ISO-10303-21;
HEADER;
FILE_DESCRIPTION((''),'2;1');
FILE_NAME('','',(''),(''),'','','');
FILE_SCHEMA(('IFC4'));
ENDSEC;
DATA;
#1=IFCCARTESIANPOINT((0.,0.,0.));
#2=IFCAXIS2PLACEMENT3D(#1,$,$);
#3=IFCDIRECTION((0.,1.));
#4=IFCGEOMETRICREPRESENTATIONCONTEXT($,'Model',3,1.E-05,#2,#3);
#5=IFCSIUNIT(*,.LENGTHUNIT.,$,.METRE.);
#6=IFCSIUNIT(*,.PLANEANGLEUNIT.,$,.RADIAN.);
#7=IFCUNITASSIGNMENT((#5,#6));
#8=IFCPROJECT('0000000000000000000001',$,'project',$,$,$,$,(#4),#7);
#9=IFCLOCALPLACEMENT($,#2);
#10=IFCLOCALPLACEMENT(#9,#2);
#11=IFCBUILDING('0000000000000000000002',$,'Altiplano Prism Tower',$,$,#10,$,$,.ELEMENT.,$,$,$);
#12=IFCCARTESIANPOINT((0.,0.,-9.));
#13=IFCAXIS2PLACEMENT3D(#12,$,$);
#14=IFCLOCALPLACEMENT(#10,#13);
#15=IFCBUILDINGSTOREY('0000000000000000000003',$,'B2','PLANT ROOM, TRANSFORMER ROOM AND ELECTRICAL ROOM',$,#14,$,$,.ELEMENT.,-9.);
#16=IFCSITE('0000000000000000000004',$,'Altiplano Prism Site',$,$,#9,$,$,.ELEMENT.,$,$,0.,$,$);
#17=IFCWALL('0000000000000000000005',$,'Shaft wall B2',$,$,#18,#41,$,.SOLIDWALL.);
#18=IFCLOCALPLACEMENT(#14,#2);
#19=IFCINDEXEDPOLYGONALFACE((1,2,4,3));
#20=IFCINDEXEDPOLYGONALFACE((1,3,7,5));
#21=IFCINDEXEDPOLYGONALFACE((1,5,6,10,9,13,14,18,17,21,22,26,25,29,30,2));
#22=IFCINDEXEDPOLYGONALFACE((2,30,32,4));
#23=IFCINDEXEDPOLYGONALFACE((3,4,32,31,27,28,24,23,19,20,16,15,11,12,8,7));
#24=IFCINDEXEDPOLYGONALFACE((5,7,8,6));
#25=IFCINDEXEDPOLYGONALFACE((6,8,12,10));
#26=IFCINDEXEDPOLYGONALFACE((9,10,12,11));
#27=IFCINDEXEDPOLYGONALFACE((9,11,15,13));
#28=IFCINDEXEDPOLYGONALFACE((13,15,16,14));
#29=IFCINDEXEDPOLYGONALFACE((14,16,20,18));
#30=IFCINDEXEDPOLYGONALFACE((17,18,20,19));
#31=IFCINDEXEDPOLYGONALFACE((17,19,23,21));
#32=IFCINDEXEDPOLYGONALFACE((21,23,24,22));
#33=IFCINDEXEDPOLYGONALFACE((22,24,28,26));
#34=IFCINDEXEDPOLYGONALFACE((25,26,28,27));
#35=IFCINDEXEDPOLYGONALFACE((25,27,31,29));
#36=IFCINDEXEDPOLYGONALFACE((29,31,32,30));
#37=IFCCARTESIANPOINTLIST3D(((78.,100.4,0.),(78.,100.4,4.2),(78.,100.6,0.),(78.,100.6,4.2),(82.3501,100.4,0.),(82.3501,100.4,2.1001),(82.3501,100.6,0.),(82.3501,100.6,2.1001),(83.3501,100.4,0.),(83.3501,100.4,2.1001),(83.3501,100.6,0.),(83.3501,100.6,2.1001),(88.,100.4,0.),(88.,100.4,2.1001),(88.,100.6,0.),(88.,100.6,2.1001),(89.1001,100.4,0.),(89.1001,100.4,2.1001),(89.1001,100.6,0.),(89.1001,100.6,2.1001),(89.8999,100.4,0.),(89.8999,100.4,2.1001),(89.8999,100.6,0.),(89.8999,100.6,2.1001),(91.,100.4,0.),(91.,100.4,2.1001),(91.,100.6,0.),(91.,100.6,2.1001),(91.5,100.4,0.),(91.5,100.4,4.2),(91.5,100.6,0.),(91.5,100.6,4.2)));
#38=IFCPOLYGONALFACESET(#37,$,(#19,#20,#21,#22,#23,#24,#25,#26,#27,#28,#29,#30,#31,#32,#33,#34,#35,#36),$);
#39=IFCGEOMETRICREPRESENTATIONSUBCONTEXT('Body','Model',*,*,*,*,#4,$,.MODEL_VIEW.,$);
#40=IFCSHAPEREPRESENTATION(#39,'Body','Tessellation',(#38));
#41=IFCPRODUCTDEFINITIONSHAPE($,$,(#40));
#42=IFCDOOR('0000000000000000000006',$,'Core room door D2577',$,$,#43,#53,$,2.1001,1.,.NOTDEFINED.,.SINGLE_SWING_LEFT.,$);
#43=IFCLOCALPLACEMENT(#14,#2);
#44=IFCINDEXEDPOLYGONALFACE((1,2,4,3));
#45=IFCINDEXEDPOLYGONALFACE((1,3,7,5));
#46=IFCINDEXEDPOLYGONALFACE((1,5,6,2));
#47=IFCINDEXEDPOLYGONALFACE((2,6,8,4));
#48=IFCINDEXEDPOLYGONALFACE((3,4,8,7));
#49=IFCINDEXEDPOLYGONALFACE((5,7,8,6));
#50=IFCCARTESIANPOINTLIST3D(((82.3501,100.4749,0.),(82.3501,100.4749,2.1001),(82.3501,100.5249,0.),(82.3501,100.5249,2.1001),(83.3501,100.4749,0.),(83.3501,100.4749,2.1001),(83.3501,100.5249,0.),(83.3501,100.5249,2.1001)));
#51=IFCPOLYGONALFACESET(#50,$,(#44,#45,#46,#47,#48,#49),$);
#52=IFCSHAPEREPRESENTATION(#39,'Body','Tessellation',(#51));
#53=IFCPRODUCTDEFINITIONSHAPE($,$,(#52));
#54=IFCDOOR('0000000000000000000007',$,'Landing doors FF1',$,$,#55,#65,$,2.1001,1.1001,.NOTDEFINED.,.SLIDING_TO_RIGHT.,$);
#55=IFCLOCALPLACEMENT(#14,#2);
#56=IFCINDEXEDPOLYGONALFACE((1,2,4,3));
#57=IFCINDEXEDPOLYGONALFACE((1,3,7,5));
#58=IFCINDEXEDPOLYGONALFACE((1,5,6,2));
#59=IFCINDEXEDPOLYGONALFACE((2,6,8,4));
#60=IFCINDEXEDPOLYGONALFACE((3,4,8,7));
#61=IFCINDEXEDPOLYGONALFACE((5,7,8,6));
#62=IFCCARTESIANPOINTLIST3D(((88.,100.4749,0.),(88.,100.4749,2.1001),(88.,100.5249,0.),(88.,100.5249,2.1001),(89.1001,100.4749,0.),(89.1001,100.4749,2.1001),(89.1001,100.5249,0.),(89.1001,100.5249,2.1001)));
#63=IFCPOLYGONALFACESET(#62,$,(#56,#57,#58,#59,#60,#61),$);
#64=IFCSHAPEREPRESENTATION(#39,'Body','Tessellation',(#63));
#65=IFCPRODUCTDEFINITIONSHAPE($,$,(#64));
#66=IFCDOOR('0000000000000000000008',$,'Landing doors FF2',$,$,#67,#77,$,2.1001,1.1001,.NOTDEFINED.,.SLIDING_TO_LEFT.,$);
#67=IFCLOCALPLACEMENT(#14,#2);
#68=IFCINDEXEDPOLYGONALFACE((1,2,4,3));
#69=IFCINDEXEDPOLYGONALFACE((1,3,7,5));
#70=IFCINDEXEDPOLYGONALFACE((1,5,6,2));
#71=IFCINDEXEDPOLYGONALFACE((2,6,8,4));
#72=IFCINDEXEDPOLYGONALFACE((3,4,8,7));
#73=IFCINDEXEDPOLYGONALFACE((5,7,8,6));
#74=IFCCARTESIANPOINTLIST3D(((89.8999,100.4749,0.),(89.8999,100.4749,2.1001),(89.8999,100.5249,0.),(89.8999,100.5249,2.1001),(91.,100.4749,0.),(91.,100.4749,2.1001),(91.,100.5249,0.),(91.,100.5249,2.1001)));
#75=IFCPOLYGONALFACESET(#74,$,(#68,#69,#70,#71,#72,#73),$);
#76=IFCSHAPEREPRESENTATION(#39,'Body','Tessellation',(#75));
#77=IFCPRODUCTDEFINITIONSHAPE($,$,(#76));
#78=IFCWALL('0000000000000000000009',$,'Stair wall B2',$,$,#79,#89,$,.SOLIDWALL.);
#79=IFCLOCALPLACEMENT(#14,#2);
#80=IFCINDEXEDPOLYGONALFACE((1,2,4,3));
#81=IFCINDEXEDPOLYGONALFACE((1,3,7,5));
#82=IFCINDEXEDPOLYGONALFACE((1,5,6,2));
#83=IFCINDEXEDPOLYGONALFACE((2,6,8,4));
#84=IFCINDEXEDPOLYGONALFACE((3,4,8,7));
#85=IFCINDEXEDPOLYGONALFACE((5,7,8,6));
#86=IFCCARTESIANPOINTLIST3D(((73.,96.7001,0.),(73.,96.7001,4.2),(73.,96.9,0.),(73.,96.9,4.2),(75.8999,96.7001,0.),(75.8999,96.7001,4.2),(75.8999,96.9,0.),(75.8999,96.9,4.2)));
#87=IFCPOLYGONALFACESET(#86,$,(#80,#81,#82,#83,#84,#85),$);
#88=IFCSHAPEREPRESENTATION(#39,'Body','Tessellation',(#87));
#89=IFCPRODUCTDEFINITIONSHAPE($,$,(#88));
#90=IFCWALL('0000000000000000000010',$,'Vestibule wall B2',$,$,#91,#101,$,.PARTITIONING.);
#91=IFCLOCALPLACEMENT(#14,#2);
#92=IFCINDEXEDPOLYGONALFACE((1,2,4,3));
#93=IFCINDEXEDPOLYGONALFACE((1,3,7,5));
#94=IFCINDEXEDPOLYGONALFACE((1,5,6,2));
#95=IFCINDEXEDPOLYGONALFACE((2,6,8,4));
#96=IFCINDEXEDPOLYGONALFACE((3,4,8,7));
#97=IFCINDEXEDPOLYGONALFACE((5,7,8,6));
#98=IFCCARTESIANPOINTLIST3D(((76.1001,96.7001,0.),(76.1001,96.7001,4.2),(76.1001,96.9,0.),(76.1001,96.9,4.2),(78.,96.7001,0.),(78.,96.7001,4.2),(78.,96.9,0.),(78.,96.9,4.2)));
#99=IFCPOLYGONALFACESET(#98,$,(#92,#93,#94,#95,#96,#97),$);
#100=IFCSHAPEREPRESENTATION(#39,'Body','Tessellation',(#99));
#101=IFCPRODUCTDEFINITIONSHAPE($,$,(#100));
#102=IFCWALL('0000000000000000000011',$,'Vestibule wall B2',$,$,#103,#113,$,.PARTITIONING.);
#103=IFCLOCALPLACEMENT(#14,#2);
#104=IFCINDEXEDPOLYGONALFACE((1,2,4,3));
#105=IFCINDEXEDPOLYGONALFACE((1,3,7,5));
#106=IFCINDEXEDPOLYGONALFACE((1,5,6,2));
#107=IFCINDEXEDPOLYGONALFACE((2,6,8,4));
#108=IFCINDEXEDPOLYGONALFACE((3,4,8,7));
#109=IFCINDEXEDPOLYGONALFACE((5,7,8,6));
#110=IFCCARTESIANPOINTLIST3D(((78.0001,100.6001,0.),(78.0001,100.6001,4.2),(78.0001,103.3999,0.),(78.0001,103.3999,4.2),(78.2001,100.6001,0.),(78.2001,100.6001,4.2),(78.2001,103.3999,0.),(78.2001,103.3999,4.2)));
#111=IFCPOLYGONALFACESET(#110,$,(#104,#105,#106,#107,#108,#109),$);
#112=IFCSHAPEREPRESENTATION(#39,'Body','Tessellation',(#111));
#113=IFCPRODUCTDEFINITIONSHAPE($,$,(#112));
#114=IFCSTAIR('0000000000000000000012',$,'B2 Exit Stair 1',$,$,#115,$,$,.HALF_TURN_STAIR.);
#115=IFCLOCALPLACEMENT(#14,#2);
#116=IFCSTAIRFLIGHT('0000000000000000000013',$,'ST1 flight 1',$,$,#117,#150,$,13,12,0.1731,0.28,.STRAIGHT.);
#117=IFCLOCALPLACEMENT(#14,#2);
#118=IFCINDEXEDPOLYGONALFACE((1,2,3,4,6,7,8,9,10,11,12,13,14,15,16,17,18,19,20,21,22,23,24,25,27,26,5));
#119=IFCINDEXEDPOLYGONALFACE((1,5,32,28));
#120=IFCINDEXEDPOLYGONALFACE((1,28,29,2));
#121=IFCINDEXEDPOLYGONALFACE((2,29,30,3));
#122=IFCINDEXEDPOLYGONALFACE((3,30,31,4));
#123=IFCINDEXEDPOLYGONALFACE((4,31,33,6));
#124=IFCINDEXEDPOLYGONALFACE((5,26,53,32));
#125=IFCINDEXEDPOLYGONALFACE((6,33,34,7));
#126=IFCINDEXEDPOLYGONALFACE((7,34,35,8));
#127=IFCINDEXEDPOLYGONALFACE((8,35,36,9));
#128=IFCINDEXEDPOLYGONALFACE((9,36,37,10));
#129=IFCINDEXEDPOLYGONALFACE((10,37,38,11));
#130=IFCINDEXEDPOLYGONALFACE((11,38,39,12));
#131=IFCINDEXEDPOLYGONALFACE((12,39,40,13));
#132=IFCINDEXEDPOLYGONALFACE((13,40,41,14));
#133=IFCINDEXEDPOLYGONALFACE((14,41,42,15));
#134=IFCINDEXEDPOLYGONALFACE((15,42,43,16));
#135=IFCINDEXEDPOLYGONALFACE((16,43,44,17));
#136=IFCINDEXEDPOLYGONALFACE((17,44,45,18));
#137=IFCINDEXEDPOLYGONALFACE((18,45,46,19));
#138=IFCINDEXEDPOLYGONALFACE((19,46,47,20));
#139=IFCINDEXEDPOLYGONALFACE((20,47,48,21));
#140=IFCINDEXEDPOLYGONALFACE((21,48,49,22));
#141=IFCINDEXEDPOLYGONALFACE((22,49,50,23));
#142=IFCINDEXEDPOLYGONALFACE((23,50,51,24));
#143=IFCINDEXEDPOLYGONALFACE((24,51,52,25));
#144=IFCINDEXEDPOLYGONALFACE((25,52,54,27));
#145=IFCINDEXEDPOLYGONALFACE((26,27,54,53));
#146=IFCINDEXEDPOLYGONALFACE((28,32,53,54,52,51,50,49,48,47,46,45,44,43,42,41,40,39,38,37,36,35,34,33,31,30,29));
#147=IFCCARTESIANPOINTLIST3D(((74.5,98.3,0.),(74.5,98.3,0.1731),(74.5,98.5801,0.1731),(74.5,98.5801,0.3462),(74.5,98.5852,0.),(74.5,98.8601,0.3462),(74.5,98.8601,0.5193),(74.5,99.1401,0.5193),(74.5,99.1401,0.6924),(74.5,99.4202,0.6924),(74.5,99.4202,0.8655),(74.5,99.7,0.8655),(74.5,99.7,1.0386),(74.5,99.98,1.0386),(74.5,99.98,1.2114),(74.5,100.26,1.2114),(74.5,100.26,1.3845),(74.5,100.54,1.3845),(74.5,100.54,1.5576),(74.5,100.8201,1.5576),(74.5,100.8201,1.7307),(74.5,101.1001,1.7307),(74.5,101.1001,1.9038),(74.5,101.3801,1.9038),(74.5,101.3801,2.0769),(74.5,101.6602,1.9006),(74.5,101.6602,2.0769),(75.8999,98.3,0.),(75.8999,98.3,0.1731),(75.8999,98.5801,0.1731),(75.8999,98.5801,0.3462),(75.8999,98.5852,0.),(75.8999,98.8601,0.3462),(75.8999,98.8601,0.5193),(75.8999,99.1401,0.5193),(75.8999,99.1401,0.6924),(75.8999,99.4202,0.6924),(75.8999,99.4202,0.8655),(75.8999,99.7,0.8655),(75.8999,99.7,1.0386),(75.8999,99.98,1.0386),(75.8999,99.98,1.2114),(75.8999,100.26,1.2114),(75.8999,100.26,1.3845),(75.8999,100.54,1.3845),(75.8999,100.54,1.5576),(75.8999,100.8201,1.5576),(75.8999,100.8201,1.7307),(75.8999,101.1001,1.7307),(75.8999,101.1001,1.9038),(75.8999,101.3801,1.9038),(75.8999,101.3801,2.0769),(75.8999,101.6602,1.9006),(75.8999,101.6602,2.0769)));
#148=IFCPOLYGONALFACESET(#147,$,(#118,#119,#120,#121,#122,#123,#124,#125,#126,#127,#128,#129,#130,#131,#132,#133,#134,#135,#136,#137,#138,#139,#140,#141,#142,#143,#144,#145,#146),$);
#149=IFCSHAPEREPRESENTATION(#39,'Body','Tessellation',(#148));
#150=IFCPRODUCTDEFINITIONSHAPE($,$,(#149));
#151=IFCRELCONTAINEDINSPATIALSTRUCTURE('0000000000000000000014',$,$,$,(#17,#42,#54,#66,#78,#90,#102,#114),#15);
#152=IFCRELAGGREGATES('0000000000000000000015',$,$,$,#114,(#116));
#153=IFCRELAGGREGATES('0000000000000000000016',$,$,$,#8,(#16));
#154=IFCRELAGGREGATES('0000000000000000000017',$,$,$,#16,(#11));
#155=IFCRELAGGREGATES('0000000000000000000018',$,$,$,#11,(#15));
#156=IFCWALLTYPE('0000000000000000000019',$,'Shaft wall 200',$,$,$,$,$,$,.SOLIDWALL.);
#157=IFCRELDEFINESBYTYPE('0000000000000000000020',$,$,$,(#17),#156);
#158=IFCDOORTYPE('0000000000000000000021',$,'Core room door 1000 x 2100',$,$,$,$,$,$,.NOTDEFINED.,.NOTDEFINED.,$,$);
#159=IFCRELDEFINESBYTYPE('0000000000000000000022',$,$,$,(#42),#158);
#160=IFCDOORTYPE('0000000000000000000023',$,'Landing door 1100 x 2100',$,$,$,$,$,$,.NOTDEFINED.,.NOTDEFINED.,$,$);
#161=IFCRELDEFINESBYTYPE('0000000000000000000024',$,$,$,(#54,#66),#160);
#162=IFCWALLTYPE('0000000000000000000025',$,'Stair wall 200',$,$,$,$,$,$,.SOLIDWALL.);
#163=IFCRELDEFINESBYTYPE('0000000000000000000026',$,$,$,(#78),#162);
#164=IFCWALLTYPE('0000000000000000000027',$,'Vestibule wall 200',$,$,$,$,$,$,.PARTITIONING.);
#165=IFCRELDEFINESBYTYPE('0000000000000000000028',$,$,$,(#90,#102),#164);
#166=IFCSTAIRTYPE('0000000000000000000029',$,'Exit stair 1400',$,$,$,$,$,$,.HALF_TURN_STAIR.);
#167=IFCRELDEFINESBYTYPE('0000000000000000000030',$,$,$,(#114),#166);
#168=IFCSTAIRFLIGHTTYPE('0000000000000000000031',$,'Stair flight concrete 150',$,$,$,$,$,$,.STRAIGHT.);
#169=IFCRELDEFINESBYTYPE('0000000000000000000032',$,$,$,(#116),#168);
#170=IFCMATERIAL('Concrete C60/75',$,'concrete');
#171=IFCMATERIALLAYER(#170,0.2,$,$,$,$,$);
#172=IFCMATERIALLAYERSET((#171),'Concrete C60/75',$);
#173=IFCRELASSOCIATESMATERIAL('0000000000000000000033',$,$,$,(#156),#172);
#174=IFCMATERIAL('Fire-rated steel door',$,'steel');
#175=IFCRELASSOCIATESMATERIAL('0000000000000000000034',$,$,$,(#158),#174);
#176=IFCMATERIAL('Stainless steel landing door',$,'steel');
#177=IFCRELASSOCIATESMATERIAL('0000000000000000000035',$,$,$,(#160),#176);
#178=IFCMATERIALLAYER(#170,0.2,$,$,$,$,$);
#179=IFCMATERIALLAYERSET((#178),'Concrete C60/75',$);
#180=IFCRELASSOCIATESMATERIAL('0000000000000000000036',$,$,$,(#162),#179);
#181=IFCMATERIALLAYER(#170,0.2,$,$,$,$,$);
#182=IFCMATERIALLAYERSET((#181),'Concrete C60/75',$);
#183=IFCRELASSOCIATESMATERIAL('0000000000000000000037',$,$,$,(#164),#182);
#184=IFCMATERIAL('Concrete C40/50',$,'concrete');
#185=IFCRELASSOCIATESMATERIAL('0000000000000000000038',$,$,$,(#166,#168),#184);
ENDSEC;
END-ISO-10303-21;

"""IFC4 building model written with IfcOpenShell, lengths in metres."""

from ifc_helpers import new_model, si_unit, direction, frame, frame_2d, origin, place, context, subcontext, project, spatial, polyline, rectangle, outline, extrude, material, layer, layer_set, type_object, element, fill, aggregate, save


model = new_model("IFC4")

# Units and contexts
model_context = context("Model", 3, precision=1e-05, world=origin(), true_north=direction((0.0, 1.0)))
body_context = subcontext(model_context, "Body", "Model", "MODEL_VIEW")
ifc_project = project(units=[si_unit("LENGTHUNIT", "METRE"), si_unit("PLANEANGLEUNIT", "RADIAN")], contexts=[model_context])

# Site, building, storey
site_placement = place(None, origin())
site = spatial("IfcSite", under=ifc_project, at=site_placement, Name="Altiplano Prism Site", CompositionType="ELEMENT", RefElevation=0.0)
building_placement = place(site_placement, origin())
building = spatial("IfcBuilding", under=site, at=building_placement, Name="Altiplano Prism Tower", CompositionType="ELEMENT")
storey_placement = place(building_placement, frame((0.0, 0.0, -9.0)))
storey = spatial("IfcBuildingStorey", under=building, at=storey_placement, Name="B2", Description="PLANT ROOM, TRANSFORMER ROOM AND ELECTRICAL ROOM", CompositionType="ELEMENT", Elevation=-9.0)

# Shared definitions
ifc_material_1 = material(Name="Concrete C60/75", Category="concrete")

# Wall, openings, doors
ifc_layer_1 = layer(ifc_material_1, 0.2)
ifc_layer_set_1 = layer_set([ifc_layer_1], Name="Concrete C60/75")
wall_type_1 = type_object("IfcWallType", Name="Shaft wall 200", PredefinedType="SOLIDWALL", material=ifc_layer_set_1)
wall_1_placement = place(storey_placement, frame((78.0, 100.5, 0.0), z_axis=(0.0, 0.0, 1.0), x_axis=(1.0, 0.0, 0.0)))
wall_1 = element("IfcWall", 1, at=wall_1_placement, inside=storey, type_object=wall_type_1, Name="Shaft wall B2", PredefinedType="SOLIDWALL", context=body_context, shape_type="SweptSolid", body=[
    extrude(rectangle(XDim=13.5, YDim=0.2, at=frame_2d((6.75, 0.0))), origin(), (0.0, 0.0, 1.0), 4.2),
])
opening_1_placement = place(wall_1_placement, frame((10.0, 0.0, 0.0)))
opening_1 = element("IfcOpeningElement", 2, at=opening_1_placement, cuts=wall_1, PredefinedType="OPENING", context=body_context, shape_type="SweptSolid", body=[
    extrude(rectangle(XDim=1.1001, YDim=2.1001, at=frame_2d((0.55, 1.05))), frame((0.0, 0.1104, 0.0), z_axis=(0.0, -1.0, 0.0), x_axis=(1.0, 0.0, 0.0)), (0.0, 0.0, 1.0), 0.2209),
])
opening_2_placement = place(wall_1_placement, frame((11.8999, 0.0, 0.0)))
opening_2 = element("IfcOpeningElement", 3, at=opening_2_placement, cuts=wall_1, PredefinedType="OPENING", context=body_context, shape_type="SweptSolid", body=[
    extrude(rectangle(XDim=1.1001, YDim=2.1001, at=frame_2d((0.55, 1.05))), frame((0.0, 0.1104, 0.0), z_axis=(0.0, -1.0, 0.0), x_axis=(1.0, 0.0, 0.0)), (0.0, 0.0, 1.0), 0.2209),
])
opening_3_placement = place(wall_1_placement, frame((4.3501, 0.0, 0.0)))
opening_3 = element("IfcOpeningElement", 4, at=opening_3_placement, cuts=wall_1, PredefinedType="OPENING", context=body_context, shape_type="SweptSolid", body=[
    extrude(rectangle(XDim=1.0, YDim=2.1001, at=frame_2d((0.5, 1.05))), frame((0.0, 0.1104, 0.0), z_axis=(0.0, -1.0, 0.0), x_axis=(1.0, 0.0, 0.0)), (0.0, 0.0, 1.0), 0.2209),
])
ifc_material_2 = material(Name="Fire-rated steel door", Category="steel")
door_type_1 = type_object("IfcDoorType", Name="Core room door 1000 x 2100", OperationType="NOTDEFINED", PredefinedType="NOTDEFINED", material=ifc_material_2)
door_1_placement = place(opening_3_placement, origin())
door_1 = element("IfcDoor", 5, at=door_1_placement, inside=storey, type_object=door_type_1, Name="Core room door D2577", OperationType="SINGLE_SWING_LEFT", OverallHeight=2.1001, OverallWidth=1.0, PredefinedType="NOTDEFINED", context=body_context, shape_type="SweptSolid", body=[
    extrude(rectangle(XDim=1.0, YDim=2.1001, at=frame_2d((0.5, 1.05))), frame((0.0, 0.0249, 0.0), z_axis=(0.0, -1.0, 0.0), x_axis=(1.0, 0.0, 0.0)), (0.0, 0.0, 1.0), 0.05),
])
fill(opening_3, door_1)
ifc_material_3 = material(Name="Stainless steel landing door", Category="steel")
door_type_2 = type_object("IfcDoorType", Name="Landing door 1100 x 2100", OperationType="NOTDEFINED", PredefinedType="NOTDEFINED", material=ifc_material_3)
door_2_placement = place(opening_1_placement, origin())
door_2 = element("IfcDoor", 6, at=door_2_placement, inside=storey, type_object=door_type_2, Name="Landing doors FF1", OperationType="SLIDING_TO_RIGHT", OverallHeight=2.1001, OverallWidth=1.1001, PredefinedType="NOTDEFINED", context=body_context, shape_type="SweptSolid", body=[
    extrude(rectangle(XDim=1.1001, YDim=2.1001, at=frame_2d((0.55, 1.05))), frame((0.0, 0.0249, 0.0), z_axis=(0.0, -1.0, 0.0), x_axis=(1.0, 0.0, 0.0)), (0.0, 0.0, 1.0), 0.05),
])
fill(opening_1, door_2)
door_3_placement = place(opening_2_placement, origin())
door_3 = element("IfcDoor", 7, at=door_3_placement, inside=storey, type_object=door_type_2, Name="Landing doors FF2", OperationType="SLIDING_TO_LEFT", OverallHeight=2.1001, OverallWidth=1.1001, PredefinedType="NOTDEFINED", context=body_context, shape_type="SweptSolid", body=[
    extrude(rectangle(XDim=1.1001, YDim=2.1001, at=frame_2d((0.55, 1.05))), frame((0.0, 0.0249, 0.0), z_axis=(0.0, -1.0, 0.0), x_axis=(1.0, 0.0, 0.0)), (0.0, 0.0, 1.0), 0.05),
])
fill(opening_2, door_3)

# Walls
ifc_layer_2 = layer(ifc_material_1, 0.2)
ifc_layer_set_2 = layer_set([ifc_layer_2], Name="Concrete C60/75")
wall_type_2 = type_object("IfcWallType", Name="Stair wall 200", PredefinedType="SOLIDWALL", material=ifc_layer_set_2)
wall_2_placement = place(storey_placement, frame((73.0, 96.8, 0.0), z_axis=(0.0, 0.0, 1.0), x_axis=(1.0, 0.0, 0.0)))
element("IfcWall", 8, at=wall_2_placement, inside=storey, type_object=wall_type_2, Name="Stair wall B2", PredefinedType="SOLIDWALL", context=body_context, shape_type="SweptSolid", body=[
    extrude(rectangle(XDim=2.8999, YDim=0.2, at=frame_2d((1.45, 0.0))), origin(), (0.0, 0.0, 1.0), 4.2),
])
ifc_layer_3 = layer(ifc_material_1, 0.2)
ifc_layer_set_3 = layer_set([ifc_layer_3], Name="Concrete C60/75")
wall_type_3 = type_object("IfcWallType", Name="Vestibule wall 200", PredefinedType="PARTITIONING", material=ifc_layer_set_3)
wall_3_placement = place(storey_placement, frame((76.1001, 96.8, 0.0), z_axis=(0.0, 0.0, 1.0), x_axis=(1.0, 0.0, 0.0)))
element("IfcWall", 9, at=wall_3_placement, inside=storey, type_object=wall_type_3, Name="Vestibule wall B2", PredefinedType="PARTITIONING", context=body_context, shape_type="SweptSolid", body=[
    extrude(rectangle(XDim=1.8999, YDim=0.2, at=frame_2d((0.95, 0.0))), origin(), (0.0, 0.0, 1.0), 4.2),
])
wall_4_placement = place(storey_placement, frame((78.1001, 100.6001, 0.0), z_axis=(0.0, 0.0, 1.0), x_axis=(0.0, 1.0, 0.0)))
element("IfcWall", 10, at=wall_4_placement, inside=storey, type_object=wall_type_3, Name="Vestibule wall B2", PredefinedType="PARTITIONING", context=body_context, shape_type="SweptSolid", body=[
    extrude(rectangle(XDim=2.7998, YDim=0.2, at=frame_2d((1.3999, 0.0))), origin(), (0.0, 0.0, 1.0), 4.2),
])

# Stair, stair flight
ifc_material_4 = material(Name="Concrete C40/50", Category="concrete")
stair_type = type_object("IfcStairType", Name="Exit stair 1400", PredefinedType="HALF_TURN_STAIR", material=ifc_material_4)
stair_placement = place(storey_placement, origin())
stair = element("IfcStair", 11, at=stair_placement, inside=storey, type_object=stair_type, Name="B2 Exit Stair 1", PredefinedType="HALF_TURN_STAIR")
stair_flight_type = type_object("IfcStairFlightType", Name="Stair flight concrete 150", PredefinedType="STRAIGHT", material=ifc_material_4)
stair_flight_1_placement = place(storey_placement, frame((75.2, 98.3, 0.0), z_axis=(0.0, 0.0, 1.0), x_axis=(0.0, 1.0, 0.0)))
stair_flight_1 = element("IfcStairFlight", 12, at=stair_flight_1_placement, type_object=stair_flight_type, Name="ST1 flight 1", NumberOfRisers=13, NumberOfTreads=12, PredefinedType="STRAIGHT", RiserHeight=0.1731, TreadLength=0.28, context=body_context, shape_type="SweptSolid", body=[
    extrude(outline(polyline([(0.0, 0.0), (0.0, 0.1731), (0.28, 0.1731), (0.28, 0.3462), (0.5601, 0.3462), (0.5601, 0.5193), (0.8401, 0.5193), (0.8401, 0.6924), (1.1201, 0.6924), (1.1201, 0.8655), (1.3999, 0.8655), (1.3999, 1.0386), (1.6799, 1.0386), (1.6799, 1.2114), (1.96, 1.2114), (1.96, 1.3845), (2.24, 1.3845), (2.24, 1.5576), (2.52, 1.5576), (2.52, 1.7307), (2.8, 1.7307), (2.8, 1.9038), (3.0801, 1.9038), (3.0801, 2.0769), (3.3601, 2.0769), (3.3601, 2.25), (3.3601, 1.9006), (0.2852, 0.0), (0.0, 0.0)])), frame((0.0, 0.7, 0.0), z_axis=(0.0, -1.0, 0.0), x_axis=(1.0, 0.0, 0.0)), (0.0, 0.0, 1.0), 1.3999),
])
aggregate(stair, [stair_flight_1])

save(model, "model.ifc")
